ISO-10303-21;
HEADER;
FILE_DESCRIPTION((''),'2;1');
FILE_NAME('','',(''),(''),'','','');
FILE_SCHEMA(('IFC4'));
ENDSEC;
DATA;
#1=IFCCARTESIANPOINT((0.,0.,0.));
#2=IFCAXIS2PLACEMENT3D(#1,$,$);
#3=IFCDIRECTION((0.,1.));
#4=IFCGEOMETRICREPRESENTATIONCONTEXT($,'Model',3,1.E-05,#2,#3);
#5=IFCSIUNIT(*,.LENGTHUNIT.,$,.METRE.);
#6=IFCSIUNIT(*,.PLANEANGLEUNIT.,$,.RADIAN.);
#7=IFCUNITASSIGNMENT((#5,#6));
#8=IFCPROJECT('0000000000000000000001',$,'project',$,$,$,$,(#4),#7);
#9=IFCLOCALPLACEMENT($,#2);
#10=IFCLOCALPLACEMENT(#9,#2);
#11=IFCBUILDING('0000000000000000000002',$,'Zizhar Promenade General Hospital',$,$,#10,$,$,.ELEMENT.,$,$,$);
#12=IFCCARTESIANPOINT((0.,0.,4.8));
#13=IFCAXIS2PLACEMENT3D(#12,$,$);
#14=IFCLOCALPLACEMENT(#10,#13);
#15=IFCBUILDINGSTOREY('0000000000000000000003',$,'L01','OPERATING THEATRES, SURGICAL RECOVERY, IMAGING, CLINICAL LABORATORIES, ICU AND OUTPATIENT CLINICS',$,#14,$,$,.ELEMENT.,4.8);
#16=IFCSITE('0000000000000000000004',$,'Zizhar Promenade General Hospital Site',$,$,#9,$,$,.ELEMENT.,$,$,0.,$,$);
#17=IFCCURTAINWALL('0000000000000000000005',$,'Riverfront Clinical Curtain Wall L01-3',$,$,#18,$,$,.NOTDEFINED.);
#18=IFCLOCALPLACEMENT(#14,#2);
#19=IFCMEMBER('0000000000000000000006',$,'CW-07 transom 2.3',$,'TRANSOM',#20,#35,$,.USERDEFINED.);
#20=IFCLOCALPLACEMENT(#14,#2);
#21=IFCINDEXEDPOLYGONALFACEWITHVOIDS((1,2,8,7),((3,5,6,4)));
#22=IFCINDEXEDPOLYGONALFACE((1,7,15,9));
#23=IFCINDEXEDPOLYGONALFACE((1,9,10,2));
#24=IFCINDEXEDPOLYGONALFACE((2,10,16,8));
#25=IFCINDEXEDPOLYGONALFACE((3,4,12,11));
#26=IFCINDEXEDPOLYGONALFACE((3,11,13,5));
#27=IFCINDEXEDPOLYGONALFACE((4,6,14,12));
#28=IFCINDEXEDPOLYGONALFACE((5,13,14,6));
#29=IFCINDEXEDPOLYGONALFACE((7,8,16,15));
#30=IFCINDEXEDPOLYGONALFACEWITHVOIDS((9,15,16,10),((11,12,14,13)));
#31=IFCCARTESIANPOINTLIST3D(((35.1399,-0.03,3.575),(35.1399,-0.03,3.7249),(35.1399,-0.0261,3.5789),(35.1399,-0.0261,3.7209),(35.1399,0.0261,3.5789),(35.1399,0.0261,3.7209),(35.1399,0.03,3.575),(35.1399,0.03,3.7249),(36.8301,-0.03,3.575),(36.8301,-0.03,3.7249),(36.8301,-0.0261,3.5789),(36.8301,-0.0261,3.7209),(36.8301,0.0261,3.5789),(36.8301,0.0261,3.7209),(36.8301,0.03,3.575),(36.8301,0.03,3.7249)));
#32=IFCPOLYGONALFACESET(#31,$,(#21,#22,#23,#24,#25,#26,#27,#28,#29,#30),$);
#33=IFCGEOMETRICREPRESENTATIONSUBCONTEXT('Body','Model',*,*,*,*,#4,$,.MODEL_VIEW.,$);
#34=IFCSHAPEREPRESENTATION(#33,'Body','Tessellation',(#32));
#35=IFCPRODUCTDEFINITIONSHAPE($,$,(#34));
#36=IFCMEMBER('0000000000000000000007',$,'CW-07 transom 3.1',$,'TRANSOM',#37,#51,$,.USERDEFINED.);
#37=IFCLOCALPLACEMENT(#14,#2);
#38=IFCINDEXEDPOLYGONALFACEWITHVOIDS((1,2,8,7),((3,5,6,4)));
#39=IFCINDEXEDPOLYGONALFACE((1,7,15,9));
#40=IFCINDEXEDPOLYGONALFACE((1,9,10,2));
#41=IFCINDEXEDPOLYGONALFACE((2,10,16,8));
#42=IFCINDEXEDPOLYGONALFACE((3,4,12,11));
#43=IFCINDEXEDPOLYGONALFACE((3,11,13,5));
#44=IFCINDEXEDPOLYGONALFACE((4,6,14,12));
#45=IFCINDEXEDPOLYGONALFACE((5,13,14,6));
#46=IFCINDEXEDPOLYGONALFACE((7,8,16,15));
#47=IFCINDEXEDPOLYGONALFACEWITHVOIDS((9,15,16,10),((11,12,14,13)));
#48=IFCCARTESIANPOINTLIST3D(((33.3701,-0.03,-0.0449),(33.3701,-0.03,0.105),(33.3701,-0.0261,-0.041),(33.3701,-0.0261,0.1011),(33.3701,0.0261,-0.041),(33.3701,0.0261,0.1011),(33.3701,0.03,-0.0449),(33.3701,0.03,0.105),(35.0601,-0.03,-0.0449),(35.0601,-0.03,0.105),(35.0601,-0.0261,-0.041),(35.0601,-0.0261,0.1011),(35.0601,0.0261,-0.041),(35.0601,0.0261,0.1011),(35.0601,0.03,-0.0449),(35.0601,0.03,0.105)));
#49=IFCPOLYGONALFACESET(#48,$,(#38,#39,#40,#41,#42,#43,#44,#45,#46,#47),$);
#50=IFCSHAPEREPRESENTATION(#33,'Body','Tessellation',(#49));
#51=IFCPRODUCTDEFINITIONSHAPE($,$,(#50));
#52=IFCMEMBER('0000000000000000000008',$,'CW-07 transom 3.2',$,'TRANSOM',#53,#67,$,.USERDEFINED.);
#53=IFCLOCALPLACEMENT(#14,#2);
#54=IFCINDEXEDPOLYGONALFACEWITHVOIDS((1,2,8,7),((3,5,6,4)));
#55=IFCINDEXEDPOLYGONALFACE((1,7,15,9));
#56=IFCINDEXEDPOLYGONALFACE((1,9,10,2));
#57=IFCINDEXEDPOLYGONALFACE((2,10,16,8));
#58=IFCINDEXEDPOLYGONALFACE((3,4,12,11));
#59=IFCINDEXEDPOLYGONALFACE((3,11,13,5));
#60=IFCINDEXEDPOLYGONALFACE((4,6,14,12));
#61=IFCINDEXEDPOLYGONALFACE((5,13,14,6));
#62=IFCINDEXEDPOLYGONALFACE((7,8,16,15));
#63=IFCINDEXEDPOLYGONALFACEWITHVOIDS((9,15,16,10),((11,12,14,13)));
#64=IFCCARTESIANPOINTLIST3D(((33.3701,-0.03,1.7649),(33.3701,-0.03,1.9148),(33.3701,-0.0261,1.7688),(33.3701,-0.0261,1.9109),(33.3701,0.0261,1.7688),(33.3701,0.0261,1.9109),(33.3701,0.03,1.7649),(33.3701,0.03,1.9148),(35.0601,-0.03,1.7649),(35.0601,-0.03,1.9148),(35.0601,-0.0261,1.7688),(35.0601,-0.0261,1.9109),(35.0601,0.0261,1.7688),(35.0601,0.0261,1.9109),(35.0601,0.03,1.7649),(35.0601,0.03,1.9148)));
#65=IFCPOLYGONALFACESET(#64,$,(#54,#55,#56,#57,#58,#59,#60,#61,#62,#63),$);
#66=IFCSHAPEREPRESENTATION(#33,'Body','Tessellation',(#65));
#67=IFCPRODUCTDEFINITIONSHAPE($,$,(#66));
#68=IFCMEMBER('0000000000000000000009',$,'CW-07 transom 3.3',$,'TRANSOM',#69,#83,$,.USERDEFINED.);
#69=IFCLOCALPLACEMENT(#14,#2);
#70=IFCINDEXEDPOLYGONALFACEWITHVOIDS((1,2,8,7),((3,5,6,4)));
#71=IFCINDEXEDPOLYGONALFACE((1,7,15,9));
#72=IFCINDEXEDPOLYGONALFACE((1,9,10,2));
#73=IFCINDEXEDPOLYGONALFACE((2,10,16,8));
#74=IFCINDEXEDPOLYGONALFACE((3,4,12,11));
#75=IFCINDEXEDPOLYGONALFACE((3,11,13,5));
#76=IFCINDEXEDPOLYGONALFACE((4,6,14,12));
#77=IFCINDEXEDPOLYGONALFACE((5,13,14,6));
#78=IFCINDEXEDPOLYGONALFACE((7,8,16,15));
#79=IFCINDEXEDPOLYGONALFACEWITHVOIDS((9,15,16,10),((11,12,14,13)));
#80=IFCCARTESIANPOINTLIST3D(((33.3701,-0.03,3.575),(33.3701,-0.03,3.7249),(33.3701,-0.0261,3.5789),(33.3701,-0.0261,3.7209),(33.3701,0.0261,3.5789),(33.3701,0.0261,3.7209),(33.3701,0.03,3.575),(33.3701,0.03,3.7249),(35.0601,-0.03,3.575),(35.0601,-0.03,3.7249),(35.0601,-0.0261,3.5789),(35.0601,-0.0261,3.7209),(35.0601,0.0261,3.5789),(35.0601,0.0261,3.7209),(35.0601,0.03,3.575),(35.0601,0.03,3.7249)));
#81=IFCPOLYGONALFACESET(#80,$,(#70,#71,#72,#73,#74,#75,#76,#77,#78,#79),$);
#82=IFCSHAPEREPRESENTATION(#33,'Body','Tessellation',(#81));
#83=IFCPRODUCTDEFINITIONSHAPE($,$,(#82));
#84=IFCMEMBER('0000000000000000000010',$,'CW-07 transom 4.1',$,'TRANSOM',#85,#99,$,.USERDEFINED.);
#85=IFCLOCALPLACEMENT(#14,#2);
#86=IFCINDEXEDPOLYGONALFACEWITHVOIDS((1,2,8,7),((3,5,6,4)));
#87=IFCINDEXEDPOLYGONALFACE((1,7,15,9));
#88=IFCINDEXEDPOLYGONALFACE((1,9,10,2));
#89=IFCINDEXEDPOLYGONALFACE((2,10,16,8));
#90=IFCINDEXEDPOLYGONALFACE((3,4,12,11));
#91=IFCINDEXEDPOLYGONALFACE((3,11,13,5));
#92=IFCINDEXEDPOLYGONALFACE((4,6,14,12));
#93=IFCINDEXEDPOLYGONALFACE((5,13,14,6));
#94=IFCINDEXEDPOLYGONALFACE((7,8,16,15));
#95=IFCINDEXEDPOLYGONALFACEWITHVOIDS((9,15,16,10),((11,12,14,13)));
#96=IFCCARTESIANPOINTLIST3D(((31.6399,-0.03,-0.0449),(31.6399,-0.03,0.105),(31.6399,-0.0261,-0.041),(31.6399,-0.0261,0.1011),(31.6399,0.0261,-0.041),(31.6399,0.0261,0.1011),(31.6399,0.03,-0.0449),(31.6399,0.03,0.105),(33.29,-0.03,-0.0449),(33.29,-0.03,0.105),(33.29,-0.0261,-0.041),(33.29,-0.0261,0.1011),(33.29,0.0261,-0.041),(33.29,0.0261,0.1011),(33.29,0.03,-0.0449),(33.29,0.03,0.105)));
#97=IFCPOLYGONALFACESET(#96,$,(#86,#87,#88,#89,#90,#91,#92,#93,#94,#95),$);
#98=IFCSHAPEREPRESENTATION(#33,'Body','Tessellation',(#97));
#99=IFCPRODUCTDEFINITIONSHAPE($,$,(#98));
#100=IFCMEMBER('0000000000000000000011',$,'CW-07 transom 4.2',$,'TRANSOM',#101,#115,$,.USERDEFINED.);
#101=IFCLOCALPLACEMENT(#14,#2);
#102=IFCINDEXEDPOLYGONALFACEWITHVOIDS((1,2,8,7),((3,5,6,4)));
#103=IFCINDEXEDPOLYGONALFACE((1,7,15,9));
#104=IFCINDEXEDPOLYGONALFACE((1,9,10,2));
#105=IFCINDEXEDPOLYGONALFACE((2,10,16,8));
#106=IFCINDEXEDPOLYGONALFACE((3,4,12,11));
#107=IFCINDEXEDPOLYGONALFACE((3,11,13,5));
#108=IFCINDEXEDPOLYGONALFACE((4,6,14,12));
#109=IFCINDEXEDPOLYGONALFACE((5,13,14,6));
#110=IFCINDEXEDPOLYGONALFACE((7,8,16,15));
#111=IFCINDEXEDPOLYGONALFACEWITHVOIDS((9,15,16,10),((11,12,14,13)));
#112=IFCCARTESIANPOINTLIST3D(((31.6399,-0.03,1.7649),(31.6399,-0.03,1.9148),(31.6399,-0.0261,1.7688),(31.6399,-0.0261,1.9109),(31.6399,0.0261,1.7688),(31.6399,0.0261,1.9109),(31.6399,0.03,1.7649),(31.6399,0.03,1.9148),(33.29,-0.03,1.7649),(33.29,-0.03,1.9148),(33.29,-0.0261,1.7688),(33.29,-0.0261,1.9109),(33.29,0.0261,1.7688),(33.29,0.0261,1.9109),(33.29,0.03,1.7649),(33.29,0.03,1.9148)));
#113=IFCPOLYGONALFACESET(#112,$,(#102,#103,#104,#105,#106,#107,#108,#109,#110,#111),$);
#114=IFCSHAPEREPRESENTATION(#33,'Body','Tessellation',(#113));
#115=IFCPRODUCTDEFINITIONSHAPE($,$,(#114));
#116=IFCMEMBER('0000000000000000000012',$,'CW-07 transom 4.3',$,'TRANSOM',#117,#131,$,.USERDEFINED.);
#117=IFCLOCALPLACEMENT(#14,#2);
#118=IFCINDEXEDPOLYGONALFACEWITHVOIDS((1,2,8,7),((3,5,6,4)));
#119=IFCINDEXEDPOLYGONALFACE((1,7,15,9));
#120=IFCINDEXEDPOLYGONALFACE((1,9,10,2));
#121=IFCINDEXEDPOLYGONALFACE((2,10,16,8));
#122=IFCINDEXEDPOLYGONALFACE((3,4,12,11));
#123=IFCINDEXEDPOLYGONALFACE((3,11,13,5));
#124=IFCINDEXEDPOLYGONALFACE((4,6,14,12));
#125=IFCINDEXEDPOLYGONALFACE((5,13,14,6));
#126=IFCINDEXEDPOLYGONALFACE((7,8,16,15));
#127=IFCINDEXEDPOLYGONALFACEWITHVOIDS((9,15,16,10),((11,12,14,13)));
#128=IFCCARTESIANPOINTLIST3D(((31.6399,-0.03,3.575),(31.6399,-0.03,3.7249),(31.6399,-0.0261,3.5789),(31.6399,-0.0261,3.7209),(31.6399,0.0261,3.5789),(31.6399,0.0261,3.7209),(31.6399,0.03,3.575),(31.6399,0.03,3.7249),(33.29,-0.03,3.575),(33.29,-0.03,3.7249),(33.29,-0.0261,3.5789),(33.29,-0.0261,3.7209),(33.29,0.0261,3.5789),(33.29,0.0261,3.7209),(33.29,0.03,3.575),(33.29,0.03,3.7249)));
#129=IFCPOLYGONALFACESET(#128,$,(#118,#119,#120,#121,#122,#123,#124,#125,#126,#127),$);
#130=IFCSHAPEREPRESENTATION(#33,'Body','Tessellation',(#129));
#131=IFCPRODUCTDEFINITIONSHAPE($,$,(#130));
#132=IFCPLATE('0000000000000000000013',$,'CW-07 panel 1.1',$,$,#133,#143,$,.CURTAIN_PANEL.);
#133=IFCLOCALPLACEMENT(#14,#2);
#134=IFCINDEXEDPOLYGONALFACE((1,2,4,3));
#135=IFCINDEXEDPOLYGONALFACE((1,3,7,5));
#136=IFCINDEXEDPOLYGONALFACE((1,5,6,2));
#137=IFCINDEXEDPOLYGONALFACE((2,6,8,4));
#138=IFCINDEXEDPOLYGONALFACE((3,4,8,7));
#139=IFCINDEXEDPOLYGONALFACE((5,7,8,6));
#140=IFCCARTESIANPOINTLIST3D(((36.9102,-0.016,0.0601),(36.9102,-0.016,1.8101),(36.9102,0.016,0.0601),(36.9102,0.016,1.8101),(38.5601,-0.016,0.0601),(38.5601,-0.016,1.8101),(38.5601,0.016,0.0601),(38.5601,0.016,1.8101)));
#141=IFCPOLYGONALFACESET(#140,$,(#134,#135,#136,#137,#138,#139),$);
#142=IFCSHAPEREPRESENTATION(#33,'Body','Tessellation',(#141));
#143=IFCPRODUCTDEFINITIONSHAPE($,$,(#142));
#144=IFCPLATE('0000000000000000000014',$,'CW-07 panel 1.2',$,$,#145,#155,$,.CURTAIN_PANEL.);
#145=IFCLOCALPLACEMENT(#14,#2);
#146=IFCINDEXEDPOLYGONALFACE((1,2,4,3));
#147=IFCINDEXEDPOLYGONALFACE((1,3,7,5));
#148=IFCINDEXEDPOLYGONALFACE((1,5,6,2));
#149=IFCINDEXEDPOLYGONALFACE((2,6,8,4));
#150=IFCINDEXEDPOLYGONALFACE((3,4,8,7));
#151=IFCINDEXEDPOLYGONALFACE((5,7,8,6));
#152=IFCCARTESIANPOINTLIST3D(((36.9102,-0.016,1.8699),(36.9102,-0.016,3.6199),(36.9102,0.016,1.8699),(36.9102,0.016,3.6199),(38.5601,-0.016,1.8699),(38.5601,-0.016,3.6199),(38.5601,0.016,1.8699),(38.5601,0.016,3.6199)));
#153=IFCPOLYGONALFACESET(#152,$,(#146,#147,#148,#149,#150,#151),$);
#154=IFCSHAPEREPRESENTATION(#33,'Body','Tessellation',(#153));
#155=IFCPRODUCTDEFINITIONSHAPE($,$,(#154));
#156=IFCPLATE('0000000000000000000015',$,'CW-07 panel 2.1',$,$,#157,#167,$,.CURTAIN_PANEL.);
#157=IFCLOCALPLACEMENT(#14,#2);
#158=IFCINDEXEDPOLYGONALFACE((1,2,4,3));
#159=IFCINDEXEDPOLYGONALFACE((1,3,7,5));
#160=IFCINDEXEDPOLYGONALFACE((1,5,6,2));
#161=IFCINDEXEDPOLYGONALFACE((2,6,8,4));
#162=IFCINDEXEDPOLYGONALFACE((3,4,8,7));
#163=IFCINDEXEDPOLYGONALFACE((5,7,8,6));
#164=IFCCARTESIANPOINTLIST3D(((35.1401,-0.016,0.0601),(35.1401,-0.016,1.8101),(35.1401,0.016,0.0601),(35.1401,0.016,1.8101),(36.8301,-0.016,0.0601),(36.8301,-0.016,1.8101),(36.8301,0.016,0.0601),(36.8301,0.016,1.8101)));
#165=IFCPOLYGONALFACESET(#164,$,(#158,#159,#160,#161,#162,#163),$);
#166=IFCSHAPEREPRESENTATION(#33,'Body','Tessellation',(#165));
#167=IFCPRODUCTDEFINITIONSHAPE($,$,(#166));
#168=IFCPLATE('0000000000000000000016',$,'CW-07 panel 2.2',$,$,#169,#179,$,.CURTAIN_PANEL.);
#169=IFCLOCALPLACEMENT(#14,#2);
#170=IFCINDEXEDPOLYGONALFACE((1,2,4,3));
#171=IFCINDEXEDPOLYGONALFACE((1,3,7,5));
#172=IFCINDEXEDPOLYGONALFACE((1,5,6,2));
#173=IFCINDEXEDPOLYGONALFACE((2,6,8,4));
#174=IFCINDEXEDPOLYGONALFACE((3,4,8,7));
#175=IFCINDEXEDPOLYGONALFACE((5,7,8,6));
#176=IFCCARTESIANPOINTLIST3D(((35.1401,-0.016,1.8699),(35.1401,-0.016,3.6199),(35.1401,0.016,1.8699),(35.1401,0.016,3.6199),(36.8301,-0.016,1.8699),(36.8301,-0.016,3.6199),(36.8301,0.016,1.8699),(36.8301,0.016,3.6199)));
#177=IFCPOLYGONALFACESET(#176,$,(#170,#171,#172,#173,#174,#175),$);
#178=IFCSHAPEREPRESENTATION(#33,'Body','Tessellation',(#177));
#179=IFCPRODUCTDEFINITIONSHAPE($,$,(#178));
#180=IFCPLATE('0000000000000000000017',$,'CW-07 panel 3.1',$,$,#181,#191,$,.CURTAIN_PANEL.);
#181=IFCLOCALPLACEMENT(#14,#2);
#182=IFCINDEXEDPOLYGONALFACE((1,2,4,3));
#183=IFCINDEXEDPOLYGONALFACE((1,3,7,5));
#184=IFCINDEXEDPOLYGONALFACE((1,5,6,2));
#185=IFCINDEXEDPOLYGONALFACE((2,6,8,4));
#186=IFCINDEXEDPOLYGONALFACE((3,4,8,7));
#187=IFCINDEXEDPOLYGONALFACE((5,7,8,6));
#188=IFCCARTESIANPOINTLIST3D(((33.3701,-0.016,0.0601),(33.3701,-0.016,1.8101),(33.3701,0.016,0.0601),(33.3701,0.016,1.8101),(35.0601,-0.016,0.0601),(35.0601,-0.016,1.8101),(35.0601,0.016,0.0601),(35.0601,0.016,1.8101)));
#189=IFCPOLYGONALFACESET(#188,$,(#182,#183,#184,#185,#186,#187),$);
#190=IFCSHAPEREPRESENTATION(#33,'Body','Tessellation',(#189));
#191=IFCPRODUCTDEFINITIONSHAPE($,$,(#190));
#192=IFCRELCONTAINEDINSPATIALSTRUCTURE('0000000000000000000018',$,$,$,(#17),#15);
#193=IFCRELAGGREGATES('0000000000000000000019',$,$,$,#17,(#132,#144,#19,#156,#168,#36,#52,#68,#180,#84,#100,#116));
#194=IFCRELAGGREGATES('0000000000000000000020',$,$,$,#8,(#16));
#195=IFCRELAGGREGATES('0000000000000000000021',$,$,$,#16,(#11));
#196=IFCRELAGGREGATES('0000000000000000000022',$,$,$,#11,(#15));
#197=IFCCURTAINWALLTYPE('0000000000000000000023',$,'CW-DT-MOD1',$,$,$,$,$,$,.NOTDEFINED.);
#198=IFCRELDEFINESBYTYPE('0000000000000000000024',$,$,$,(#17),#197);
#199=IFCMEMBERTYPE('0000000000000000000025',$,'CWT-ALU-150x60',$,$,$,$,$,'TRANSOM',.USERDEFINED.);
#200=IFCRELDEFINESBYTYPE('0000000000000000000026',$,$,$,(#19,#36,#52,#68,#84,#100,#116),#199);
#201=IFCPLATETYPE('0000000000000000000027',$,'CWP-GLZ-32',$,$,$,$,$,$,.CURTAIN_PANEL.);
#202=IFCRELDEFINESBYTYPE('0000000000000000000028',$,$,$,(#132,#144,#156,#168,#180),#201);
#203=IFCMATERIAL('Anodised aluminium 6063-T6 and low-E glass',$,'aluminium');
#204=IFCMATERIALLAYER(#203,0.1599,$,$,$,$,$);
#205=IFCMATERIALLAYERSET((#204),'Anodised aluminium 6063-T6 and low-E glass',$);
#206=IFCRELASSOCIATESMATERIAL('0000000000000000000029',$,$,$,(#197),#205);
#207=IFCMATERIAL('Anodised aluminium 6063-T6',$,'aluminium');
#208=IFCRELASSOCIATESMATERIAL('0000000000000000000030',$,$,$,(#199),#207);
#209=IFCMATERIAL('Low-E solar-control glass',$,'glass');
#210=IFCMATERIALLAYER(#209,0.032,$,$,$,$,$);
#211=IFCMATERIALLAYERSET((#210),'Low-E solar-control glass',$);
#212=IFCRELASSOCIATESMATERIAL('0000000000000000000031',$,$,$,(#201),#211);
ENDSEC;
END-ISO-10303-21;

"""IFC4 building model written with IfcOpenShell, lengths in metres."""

from ifc_helpers import new_model, si_unit, direction, frame, origin, origin_2d, place, context, subcontext, project, spatial, rectangle, hollow_rectangle, extrude, material, layer, layer_set, material_profile, profile_set, type_object, element, aggregate, save


model = new_model("IFC4")

# Units and contexts
model_context = context("Model", 3, precision=1e-05, world=origin(), true_north=direction((0.0, 1.0)))
body_context = subcontext(model_context, "Body", "Model", "MODEL_VIEW")
ifc_project = project(units=[si_unit("LENGTHUNIT", "METRE"), si_unit("PLANEANGLEUNIT", "RADIAN")], contexts=[model_context])

# Site, building, storey
site_placement = place(None, origin())
site = spatial("IfcSite", under=ifc_project, at=site_placement, Name="Zizhar Promenade General Hospital Site", CompositionType="ELEMENT", RefElevation=0.0)
building_placement = place(site_placement, origin())
building = spatial("IfcBuilding", under=site, at=building_placement, Name="Zizhar Promenade General Hospital", CompositionType="ELEMENT")
storey_placement = place(building_placement, frame((0.0, 0.0, 4.8)))
storey = spatial("IfcBuildingStorey", under=building, at=storey_placement, Name="L01", Description="OPERATING THEATRES, SURGICAL RECOVERY, IMAGING, CLINICAL LABORATORIES, ICU AND OUTPATIENT CLINICS", CompositionType="ELEMENT", Elevation=4.8)

# Curtain wall, members, plates
ifc_material_1 = material(Name="Anodised aluminium 6063-T6 and low-E glass", Category="aluminium")
ifc_layer_1 = layer(ifc_material_1, 0.1599)
ifc_layer_set_1 = layer_set([ifc_layer_1], Name="Anodised aluminium 6063-T6 and low-E glass")
curtain_wall_type = type_object("IfcCurtainWallType", Name="CW-DT-MOD1", PredefinedType="NOTDEFINED", material=ifc_layer_set_1)
curtain_wall_placement = place(storey_placement, origin())
curtain_wall = element("IfcCurtainWall", 1, at=curtain_wall_placement, inside=storey, type_object=curtain_wall_type, Name="Riverfront Clinical Curtain Wall L01-3", PredefinedType="NOTDEFINED")
ifc_material_2 = material(Name="Anodised aluminium 6063-T6", Category="aluminium")
ifc_material_profile_1 = material_profile(ifc_material_2, hollow_rectangle(XDim=0.0601, YDim=0.1499, WallThickness=0.0039, at=origin_2d()))
ifc_profile_set_1 = profile_set([ifc_material_profile_1], Name="Anodised aluminium 6063-T6")
member_type_1 = type_object("IfcMemberType", Name="CWT-ALU-150x60", ElementType="TRANSOM", PredefinedType="USERDEFINED", material=ifc_profile_set_1)
member_1_placement = place(storey_placement, frame((36.8301, 0.0, 3.6499), z_axis=(-1.0, 0.0, 0.0), x_axis=(0.0, -1.0, 0.0)))
member_1 = element("IfcMember", 2, at=member_1_placement, type_object=member_type_1, Name="CW-07 transom 2.3", ObjectType="TRANSOM", PredefinedType="USERDEFINED", context=body_context, shape_type="SweptSolid", body=[
    extrude(hollow_rectangle(XDim=0.0601, YDim=0.1499, WallThickness=0.0039, at=origin_2d()), origin(), (0.0, 0.0, 1.0), 1.6902),
])
member_2_placement = place(storey_placement, frame((35.0601, 0.0, 0.03), z_axis=(-1.0, 0.0, 0.0), x_axis=(0.0, -1.0, 0.0)))
member_2 = element("IfcMember", 3, at=member_2_placement, type_object=member_type_1, Name="CW-07 transom 3.1", ObjectType="TRANSOM", PredefinedType="USERDEFINED", context=body_context, shape_type="SweptSolid", body=[
    extrude(hollow_rectangle(XDim=0.0601, YDim=0.1499, WallThickness=0.0039, at=origin_2d()), origin(), (0.0, 0.0, 1.0), 1.6899),
])
member_3_placement = place(storey_placement, frame((35.0601, 0.0, 1.8398), z_axis=(-1.0, 0.0, 0.0), x_axis=(0.0, -1.0, 0.0)))
member_3 = element("IfcMember", 4, at=member_3_placement, type_object=member_type_1, Name="CW-07 transom 3.2", ObjectType="TRANSOM", PredefinedType="USERDEFINED", context=body_context, shape_type="SweptSolid", body=[
    extrude(hollow_rectangle(XDim=0.0601, YDim=0.1499, WallThickness=0.0039, at=origin_2d()), origin(), (0.0, 0.0, 1.0), 1.6899),
])
member_4_placement = place(storey_placement, frame((35.0601, 0.0, 3.6499), z_axis=(-1.0, 0.0, 0.0), x_axis=(0.0, -1.0, 0.0)))
member_4 = element("IfcMember", 5, at=member_4_placement, type_object=member_type_1, Name="CW-07 transom 3.3", ObjectType="TRANSOM", PredefinedType="USERDEFINED", context=body_context, shape_type="SweptSolid", body=[
    extrude(hollow_rectangle(XDim=0.0601, YDim=0.1499, WallThickness=0.0039, at=origin_2d()), origin(), (0.0, 0.0, 1.0), 1.6899),
])
member_5_placement = place(storey_placement, frame((33.29, 0.0, 0.03), z_axis=(-1.0, 0.0, 0.0), x_axis=(0.0, -1.0, 0.0)))
member_5 = element("IfcMember", 6, at=member_5_placement, type_object=member_type_1, Name="CW-07 transom 4.1", ObjectType="TRANSOM", PredefinedType="USERDEFINED", context=body_context, shape_type="SweptSolid", body=[
    extrude(hollow_rectangle(XDim=0.0601, YDim=0.1499, WallThickness=0.0039, at=origin_2d()), origin(), (0.0, 0.0, 1.0), 1.6501),
])
member_6_placement = place(storey_placement, frame((33.29, 0.0, 1.8398), z_axis=(-1.0, 0.0, 0.0), x_axis=(0.0, -1.0, 0.0)))
member_6 = element("IfcMember", 7, at=member_6_placement, type_object=member_type_1, Name="CW-07 transom 4.2", ObjectType="TRANSOM", PredefinedType="USERDEFINED", context=body_context, shape_type="SweptSolid", body=[
    extrude(hollow_rectangle(XDim=0.0601, YDim=0.1499, WallThickness=0.0039, at=origin_2d()), origin(), (0.0, 0.0, 1.0), 1.6501),
])
member_7_placement = place(storey_placement, frame((33.29, 0.0, 3.6499), z_axis=(-1.0, 0.0, 0.0), x_axis=(0.0, -1.0, 0.0)))
member_7 = element("IfcMember", 8, at=member_7_placement, type_object=member_type_1, Name="CW-07 transom 4.3", ObjectType="TRANSOM", PredefinedType="USERDEFINED", context=body_context, shape_type="SweptSolid", body=[
    extrude(hollow_rectangle(XDim=0.0601, YDim=0.1499, WallThickness=0.0039, at=origin_2d()), origin(), (0.0, 0.0, 1.0), 1.6501),
])
ifc_material_3 = material(Name="Low-E solar-control glass", Category="glass")
ifc_layer_2 = layer(ifc_material_3, 0.032)
ifc_layer_set_2 = layer_set([ifc_layer_2], Name="Low-E solar-control glass")
plate_type = type_object("IfcPlateType", Name="CWP-GLZ-32", PredefinedType="CURTAIN_PANEL", material=ifc_layer_set_2)
plate_1_placement = place(storey_placement, frame((37.7351, 0.0, 0.0601), z_axis=(0.0, 0.0, 1.0), x_axis=(-1.0, 0.0, 0.0)))
plate_1 = element("IfcPlate", 9, at=plate_1_placement, type_object=plate_type, Name="CW-07 panel 1.1", PredefinedType="CURTAIN_PANEL", context=body_context, shape_type="SweptSolid", body=[
    extrude(rectangle(XDim=1.6499, YDim=0.032, at=origin_2d()), origin(), (0.0, 0.0, 1.0), 1.75),
])
plate_2_placement = place(storey_placement, frame((37.7351, 0.0, 1.8699), z_axis=(0.0, 0.0, 1.0), x_axis=(-1.0, 0.0, 0.0)))
plate_2 = element("IfcPlate", 10, at=plate_2_placement, type_object=plate_type, Name="CW-07 panel 1.2", PredefinedType="CURTAIN_PANEL", context=body_context, shape_type="SweptSolid", body=[
    extrude(rectangle(XDim=1.6499, YDim=0.032, at=origin_2d()), origin(), (0.0, 0.0, 1.0), 1.75),
])
plate_3_placement = place(storey_placement, frame((35.9851, 0.0, 0.0601), z_axis=(0.0, 0.0, 1.0), x_axis=(-1.0, 0.0, 0.0)))
plate_3 = element("IfcPlate", 11, at=plate_3_placement, type_object=plate_type, Name="CW-07 panel 2.1", PredefinedType="CURTAIN_PANEL", context=body_context, shape_type="SweptSolid", body=[
    extrude(rectangle(XDim=1.6899, YDim=0.032, at=origin_2d()), origin(), (0.0, 0.0, 1.0), 1.75),
])
plate_4_placement = place(storey_placement, frame((35.9851, 0.0, 1.8699), z_axis=(0.0, 0.0, 1.0), x_axis=(-1.0, 0.0, 0.0)))
plate_4 = element("IfcPlate", 12, at=plate_4_placement, type_object=plate_type, Name="CW-07 panel 2.2", PredefinedType="CURTAIN_PANEL", context=body_context, shape_type="SweptSolid", body=[
    extrude(rectangle(XDim=1.6899, YDim=0.032, at=origin_2d()), origin(), (0.0, 0.0, 1.0), 1.75),
])
plate_5_placement = place(storey_placement, frame((34.2151, 0.0, 0.0601), z_axis=(0.0, 0.0, 1.0), x_axis=(-1.0, 0.0, 0.0)))
plate_5 = element("IfcPlate", 13, at=plate_5_placement, type_object=plate_type, Name="CW-07 panel 3.1", PredefinedType="CURTAIN_PANEL", context=body_context, shape_type="SweptSolid", body=[
    extrude(rectangle(XDim=1.6899, YDim=0.032, at=origin_2d()), origin(), (0.0, 0.0, 1.0), 1.75),
])
aggregate(curtain_wall, [plate_1, plate_2, member_1, plate_3, plate_4, member_2, member_3, member_4, plate_5, member_5, member_6, member_7])

save(model, "model.ifc")
